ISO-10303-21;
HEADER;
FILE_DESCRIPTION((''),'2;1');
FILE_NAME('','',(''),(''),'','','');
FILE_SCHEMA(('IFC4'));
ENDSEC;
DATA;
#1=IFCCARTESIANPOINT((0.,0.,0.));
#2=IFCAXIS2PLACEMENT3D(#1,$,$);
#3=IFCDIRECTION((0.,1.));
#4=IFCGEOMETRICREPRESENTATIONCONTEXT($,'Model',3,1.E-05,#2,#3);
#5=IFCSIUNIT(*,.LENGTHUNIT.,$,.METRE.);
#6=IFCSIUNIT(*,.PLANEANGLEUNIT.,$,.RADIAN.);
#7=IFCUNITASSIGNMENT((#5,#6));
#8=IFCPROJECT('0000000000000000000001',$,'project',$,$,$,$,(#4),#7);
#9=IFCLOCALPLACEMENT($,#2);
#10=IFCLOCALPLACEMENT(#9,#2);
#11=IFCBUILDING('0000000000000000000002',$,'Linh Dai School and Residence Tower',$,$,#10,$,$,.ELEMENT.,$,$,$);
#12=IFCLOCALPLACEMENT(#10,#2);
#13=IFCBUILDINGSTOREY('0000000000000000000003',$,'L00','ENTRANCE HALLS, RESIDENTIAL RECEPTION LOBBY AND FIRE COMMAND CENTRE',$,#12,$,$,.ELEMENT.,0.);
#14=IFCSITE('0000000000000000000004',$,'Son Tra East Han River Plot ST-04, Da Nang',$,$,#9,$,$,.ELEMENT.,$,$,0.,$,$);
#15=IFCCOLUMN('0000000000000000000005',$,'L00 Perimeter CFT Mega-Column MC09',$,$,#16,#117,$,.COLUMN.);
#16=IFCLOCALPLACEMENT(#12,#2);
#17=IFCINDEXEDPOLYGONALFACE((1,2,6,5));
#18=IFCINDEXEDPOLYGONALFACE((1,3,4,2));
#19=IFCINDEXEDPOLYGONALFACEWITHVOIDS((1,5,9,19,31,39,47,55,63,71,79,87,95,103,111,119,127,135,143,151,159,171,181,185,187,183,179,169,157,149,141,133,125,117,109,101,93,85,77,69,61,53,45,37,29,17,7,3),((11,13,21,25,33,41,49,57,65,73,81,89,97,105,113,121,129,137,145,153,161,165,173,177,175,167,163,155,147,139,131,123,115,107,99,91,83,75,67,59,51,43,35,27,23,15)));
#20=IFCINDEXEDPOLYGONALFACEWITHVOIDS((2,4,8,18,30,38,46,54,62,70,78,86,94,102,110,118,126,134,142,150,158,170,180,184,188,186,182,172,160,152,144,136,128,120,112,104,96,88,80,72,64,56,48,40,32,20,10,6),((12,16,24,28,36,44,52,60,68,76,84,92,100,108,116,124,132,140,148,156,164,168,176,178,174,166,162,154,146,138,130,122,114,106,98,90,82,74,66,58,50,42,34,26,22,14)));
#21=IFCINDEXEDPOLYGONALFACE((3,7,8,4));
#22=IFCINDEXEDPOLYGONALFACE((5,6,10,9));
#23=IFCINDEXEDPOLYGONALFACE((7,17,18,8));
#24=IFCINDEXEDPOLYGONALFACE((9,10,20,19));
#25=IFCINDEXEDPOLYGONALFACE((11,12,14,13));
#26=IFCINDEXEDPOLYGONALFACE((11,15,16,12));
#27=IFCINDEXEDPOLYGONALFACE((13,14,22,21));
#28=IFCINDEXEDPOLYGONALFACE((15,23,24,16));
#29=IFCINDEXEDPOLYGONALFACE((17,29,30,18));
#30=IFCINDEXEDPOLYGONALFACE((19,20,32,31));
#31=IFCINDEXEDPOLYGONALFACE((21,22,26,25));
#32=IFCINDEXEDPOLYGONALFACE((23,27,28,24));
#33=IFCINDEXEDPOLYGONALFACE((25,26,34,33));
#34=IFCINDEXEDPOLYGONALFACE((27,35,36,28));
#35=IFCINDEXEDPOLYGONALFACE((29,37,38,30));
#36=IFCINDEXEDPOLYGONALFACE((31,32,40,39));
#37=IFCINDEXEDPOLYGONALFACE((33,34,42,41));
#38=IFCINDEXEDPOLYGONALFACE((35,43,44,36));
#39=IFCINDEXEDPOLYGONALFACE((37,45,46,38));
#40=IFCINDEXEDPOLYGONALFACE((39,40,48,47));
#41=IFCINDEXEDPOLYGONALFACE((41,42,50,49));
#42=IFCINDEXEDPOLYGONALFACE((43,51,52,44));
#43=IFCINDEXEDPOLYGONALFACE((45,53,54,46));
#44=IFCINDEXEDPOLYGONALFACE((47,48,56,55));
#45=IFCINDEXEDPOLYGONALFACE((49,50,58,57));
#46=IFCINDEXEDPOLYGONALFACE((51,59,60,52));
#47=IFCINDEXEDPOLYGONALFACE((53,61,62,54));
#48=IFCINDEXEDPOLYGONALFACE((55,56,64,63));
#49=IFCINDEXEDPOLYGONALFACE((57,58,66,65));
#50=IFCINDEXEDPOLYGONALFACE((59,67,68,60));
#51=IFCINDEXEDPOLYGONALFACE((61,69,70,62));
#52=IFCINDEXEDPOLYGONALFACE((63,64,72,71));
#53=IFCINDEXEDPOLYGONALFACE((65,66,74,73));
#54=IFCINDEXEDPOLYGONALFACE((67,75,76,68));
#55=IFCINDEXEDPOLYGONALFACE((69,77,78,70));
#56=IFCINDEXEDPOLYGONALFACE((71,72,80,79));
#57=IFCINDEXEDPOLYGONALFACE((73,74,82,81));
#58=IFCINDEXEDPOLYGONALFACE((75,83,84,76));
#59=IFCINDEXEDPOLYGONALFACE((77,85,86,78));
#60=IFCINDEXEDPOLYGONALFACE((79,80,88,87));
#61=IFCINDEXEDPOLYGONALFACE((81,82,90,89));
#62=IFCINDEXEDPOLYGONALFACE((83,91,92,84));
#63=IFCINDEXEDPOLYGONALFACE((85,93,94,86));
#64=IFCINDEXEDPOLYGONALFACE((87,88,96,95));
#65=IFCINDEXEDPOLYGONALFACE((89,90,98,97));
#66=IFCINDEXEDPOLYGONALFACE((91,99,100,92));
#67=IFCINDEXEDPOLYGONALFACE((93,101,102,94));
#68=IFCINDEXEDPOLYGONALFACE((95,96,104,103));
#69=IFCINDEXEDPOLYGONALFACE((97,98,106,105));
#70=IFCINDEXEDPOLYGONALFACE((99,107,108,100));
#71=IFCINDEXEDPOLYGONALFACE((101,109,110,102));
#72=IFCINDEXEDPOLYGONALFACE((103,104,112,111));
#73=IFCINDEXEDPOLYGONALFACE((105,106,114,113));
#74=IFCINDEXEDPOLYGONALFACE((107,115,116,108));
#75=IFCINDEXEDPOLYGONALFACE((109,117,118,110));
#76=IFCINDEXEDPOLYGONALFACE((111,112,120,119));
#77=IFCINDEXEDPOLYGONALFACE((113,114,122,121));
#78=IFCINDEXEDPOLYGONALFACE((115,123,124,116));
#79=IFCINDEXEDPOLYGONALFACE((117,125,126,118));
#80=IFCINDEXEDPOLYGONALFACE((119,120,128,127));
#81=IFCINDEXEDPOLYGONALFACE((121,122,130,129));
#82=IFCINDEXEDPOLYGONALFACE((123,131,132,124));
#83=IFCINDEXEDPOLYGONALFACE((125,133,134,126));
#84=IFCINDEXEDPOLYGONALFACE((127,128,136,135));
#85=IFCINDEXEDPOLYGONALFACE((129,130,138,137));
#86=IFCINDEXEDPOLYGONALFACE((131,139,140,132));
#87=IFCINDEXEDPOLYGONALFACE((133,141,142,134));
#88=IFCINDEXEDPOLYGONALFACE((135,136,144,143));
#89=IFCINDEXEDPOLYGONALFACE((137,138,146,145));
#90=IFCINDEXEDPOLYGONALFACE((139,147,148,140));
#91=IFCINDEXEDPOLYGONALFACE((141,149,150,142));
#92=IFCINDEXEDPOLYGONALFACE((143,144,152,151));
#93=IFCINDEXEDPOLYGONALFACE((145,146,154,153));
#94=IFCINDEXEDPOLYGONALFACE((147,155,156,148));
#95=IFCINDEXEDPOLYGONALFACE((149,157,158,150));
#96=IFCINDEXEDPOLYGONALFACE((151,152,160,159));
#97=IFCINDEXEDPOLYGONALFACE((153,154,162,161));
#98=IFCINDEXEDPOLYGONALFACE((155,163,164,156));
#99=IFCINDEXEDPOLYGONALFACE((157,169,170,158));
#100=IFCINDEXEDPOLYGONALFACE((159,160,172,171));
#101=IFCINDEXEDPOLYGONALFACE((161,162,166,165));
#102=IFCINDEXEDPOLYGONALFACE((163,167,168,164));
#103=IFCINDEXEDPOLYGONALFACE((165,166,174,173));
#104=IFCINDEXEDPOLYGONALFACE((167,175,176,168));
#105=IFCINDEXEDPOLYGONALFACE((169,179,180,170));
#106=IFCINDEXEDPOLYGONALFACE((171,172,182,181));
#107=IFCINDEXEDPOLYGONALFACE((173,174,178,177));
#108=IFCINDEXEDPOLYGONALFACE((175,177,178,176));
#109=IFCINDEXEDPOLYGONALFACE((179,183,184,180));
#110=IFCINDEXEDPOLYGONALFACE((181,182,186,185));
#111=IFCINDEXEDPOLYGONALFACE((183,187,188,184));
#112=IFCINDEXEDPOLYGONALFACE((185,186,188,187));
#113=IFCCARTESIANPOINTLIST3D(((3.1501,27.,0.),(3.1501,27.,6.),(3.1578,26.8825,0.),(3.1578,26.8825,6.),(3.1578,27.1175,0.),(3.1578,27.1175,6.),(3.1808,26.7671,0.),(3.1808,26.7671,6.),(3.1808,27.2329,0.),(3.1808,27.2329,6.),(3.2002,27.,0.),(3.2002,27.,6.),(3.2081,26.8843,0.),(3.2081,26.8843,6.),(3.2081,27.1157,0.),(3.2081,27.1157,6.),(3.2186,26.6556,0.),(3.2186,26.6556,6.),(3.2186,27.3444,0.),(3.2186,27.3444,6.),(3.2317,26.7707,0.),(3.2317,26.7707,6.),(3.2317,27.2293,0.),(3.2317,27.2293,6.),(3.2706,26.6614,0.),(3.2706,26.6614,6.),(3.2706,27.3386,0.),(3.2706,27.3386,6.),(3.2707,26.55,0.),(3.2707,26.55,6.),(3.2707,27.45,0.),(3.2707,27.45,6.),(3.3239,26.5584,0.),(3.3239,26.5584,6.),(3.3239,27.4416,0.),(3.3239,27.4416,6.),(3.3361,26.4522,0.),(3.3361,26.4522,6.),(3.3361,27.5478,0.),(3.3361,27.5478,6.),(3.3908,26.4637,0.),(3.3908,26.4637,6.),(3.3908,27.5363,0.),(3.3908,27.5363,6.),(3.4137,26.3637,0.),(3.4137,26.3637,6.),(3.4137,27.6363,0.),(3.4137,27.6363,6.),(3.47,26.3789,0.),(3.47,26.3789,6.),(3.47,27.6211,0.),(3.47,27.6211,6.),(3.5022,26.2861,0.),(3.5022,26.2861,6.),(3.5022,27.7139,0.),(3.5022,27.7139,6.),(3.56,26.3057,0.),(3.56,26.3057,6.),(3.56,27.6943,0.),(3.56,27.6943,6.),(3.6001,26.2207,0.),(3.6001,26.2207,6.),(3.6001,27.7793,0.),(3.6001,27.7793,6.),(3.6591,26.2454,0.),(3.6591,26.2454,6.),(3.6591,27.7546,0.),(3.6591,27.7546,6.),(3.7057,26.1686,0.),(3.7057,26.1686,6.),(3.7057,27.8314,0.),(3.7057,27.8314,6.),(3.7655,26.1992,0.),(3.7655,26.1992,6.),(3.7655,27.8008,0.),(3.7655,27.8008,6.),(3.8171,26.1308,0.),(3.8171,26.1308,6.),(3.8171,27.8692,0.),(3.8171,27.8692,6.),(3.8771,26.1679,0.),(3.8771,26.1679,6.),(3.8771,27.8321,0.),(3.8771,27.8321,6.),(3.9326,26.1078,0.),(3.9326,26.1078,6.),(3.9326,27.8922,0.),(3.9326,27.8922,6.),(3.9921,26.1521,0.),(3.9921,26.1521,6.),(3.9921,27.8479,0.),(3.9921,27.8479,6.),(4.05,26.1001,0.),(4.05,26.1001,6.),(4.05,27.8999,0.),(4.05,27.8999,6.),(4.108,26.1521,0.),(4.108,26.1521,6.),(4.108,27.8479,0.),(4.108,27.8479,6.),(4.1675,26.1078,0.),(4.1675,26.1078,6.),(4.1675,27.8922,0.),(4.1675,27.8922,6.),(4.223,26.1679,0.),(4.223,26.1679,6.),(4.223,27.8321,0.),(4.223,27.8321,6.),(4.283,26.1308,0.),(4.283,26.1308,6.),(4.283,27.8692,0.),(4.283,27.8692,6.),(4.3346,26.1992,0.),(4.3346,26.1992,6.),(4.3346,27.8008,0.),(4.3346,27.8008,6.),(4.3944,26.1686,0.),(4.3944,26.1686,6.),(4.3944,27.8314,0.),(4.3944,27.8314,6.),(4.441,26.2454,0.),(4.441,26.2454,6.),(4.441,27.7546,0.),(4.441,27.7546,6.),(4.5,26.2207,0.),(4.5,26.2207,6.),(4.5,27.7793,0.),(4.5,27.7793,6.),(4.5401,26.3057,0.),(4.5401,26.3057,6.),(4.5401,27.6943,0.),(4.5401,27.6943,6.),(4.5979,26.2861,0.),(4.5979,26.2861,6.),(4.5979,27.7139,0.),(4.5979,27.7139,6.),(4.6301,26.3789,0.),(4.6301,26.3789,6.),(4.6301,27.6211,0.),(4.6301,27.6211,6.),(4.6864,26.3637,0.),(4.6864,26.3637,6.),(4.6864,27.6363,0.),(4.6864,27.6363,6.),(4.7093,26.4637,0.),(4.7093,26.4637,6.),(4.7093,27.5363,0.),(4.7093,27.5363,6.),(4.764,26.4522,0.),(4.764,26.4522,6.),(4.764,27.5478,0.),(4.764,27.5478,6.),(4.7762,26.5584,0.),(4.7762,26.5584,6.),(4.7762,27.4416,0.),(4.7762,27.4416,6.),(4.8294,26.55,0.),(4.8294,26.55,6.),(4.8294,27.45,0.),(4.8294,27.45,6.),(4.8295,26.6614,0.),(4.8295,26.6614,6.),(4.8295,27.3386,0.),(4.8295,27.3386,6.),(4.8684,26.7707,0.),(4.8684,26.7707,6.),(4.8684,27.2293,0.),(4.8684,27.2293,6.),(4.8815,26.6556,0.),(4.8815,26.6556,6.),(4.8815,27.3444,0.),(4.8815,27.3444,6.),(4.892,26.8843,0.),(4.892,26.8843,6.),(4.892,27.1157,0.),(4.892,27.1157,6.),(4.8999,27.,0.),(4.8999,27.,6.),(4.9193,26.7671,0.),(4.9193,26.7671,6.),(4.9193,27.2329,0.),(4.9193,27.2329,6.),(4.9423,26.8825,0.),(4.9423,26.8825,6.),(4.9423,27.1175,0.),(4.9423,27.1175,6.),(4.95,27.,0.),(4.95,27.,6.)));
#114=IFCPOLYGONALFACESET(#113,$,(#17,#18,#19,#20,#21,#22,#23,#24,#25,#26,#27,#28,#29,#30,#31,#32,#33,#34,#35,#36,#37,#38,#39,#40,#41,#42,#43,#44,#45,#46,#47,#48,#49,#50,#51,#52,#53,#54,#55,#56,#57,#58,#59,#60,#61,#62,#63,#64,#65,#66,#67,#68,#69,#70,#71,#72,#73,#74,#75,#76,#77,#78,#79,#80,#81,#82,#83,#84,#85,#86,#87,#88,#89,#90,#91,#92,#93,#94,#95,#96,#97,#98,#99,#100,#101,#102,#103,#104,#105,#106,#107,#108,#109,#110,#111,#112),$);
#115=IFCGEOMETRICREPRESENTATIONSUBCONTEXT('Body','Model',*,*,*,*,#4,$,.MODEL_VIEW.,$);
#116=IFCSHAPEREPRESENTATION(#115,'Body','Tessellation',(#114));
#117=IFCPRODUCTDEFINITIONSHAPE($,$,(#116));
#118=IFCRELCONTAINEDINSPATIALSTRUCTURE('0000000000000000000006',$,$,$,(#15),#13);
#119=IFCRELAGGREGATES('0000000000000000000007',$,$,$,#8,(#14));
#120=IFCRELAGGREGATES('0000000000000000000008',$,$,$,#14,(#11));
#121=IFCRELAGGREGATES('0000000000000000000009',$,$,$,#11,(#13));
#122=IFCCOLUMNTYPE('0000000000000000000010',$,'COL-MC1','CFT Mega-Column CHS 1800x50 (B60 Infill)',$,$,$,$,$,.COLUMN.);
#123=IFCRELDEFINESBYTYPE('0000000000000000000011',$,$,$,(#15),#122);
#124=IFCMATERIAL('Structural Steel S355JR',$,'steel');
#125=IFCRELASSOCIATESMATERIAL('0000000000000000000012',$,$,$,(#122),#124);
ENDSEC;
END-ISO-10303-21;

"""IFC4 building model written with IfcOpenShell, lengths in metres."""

from ifc_helpers import new_model, si_unit, direction, frame, origin, origin_2d, place, context, subcontext, project, spatial, hollow_circle, extrude, material, material_profile, profile_set, type_object, element, save


model = new_model("IFC4")

# Units and contexts
model_context = context("Model", 3, precision=1e-05, world=origin(), true_north=direction((0.0, 1.0)))
body_context = subcontext(model_context, "Body", "Model", "MODEL_VIEW")
ifc_project = project(units=[si_unit("LENGTHUNIT", "METRE"), si_unit("PLANEANGLEUNIT", "RADIAN")], contexts=[model_context])

# Site, building, storey
site_placement = place(None, origin())
site = spatial("IfcSite", under=ifc_project, at=site_placement, Name="Son Tra East Han River Plot ST-04, Da Nang", CompositionType="ELEMENT", RefElevation=0.0)
building_placement = place(site_placement, origin())
building = spatial("IfcBuilding", under=site, at=building_placement, Name="Linh Dai School and Residence Tower", CompositionType="ELEMENT")
storey_placement = place(building_placement, origin())
storey = spatial("IfcBuildingStorey", under=building, at=storey_placement, Name="L00", Description="ENTRANCE HALLS, RESIDENTIAL RECEPTION LOBBY AND FIRE COMMAND CENTRE", CompositionType="ELEMENT", Elevation=0.0)

# Column
ifc_material_1 = material(Name="Structural Steel S355JR", Category="steel")
ifc_material_profile_1 = material_profile(ifc_material_1, hollow_circle(Radius=0.8999, WallThickness=0.05, at=origin_2d()), Name="CHS 1800x50")
ifc_profile_set_1 = profile_set([ifc_material_profile_1], Name="Structural Steel S355JR")
column_type = type_object("IfcColumnType", Name="COL-MC1", Description="CFT Mega-Column CHS 1800x50 (B60 Infill)", PredefinedType="COLUMN", material=ifc_profile_set_1)
for number, where, z_axis, x_axis, name in (
    (1, (4.05, 27.0, 0.0), (0.0, 0.0, 1.0), (1.0, 0.0, 0.0), "L00 Perimeter CFT Mega-Column MC09"),
):
    element("IfcColumn", number, at=place(storey_placement, frame(where, z_axis=z_axis, x_axis=x_axis)), inside=storey, type_object=column_type, Name=name, PredefinedType="COLUMN", context=body_context, shape_type="SweptSolid", body=[
        extrude(hollow_circle(Radius=0.8999, WallThickness=0.05, at=origin_2d()), origin(), (0.0, 0.0, 1.0), 6.0),
    ])

save(model, "model.ifc")
